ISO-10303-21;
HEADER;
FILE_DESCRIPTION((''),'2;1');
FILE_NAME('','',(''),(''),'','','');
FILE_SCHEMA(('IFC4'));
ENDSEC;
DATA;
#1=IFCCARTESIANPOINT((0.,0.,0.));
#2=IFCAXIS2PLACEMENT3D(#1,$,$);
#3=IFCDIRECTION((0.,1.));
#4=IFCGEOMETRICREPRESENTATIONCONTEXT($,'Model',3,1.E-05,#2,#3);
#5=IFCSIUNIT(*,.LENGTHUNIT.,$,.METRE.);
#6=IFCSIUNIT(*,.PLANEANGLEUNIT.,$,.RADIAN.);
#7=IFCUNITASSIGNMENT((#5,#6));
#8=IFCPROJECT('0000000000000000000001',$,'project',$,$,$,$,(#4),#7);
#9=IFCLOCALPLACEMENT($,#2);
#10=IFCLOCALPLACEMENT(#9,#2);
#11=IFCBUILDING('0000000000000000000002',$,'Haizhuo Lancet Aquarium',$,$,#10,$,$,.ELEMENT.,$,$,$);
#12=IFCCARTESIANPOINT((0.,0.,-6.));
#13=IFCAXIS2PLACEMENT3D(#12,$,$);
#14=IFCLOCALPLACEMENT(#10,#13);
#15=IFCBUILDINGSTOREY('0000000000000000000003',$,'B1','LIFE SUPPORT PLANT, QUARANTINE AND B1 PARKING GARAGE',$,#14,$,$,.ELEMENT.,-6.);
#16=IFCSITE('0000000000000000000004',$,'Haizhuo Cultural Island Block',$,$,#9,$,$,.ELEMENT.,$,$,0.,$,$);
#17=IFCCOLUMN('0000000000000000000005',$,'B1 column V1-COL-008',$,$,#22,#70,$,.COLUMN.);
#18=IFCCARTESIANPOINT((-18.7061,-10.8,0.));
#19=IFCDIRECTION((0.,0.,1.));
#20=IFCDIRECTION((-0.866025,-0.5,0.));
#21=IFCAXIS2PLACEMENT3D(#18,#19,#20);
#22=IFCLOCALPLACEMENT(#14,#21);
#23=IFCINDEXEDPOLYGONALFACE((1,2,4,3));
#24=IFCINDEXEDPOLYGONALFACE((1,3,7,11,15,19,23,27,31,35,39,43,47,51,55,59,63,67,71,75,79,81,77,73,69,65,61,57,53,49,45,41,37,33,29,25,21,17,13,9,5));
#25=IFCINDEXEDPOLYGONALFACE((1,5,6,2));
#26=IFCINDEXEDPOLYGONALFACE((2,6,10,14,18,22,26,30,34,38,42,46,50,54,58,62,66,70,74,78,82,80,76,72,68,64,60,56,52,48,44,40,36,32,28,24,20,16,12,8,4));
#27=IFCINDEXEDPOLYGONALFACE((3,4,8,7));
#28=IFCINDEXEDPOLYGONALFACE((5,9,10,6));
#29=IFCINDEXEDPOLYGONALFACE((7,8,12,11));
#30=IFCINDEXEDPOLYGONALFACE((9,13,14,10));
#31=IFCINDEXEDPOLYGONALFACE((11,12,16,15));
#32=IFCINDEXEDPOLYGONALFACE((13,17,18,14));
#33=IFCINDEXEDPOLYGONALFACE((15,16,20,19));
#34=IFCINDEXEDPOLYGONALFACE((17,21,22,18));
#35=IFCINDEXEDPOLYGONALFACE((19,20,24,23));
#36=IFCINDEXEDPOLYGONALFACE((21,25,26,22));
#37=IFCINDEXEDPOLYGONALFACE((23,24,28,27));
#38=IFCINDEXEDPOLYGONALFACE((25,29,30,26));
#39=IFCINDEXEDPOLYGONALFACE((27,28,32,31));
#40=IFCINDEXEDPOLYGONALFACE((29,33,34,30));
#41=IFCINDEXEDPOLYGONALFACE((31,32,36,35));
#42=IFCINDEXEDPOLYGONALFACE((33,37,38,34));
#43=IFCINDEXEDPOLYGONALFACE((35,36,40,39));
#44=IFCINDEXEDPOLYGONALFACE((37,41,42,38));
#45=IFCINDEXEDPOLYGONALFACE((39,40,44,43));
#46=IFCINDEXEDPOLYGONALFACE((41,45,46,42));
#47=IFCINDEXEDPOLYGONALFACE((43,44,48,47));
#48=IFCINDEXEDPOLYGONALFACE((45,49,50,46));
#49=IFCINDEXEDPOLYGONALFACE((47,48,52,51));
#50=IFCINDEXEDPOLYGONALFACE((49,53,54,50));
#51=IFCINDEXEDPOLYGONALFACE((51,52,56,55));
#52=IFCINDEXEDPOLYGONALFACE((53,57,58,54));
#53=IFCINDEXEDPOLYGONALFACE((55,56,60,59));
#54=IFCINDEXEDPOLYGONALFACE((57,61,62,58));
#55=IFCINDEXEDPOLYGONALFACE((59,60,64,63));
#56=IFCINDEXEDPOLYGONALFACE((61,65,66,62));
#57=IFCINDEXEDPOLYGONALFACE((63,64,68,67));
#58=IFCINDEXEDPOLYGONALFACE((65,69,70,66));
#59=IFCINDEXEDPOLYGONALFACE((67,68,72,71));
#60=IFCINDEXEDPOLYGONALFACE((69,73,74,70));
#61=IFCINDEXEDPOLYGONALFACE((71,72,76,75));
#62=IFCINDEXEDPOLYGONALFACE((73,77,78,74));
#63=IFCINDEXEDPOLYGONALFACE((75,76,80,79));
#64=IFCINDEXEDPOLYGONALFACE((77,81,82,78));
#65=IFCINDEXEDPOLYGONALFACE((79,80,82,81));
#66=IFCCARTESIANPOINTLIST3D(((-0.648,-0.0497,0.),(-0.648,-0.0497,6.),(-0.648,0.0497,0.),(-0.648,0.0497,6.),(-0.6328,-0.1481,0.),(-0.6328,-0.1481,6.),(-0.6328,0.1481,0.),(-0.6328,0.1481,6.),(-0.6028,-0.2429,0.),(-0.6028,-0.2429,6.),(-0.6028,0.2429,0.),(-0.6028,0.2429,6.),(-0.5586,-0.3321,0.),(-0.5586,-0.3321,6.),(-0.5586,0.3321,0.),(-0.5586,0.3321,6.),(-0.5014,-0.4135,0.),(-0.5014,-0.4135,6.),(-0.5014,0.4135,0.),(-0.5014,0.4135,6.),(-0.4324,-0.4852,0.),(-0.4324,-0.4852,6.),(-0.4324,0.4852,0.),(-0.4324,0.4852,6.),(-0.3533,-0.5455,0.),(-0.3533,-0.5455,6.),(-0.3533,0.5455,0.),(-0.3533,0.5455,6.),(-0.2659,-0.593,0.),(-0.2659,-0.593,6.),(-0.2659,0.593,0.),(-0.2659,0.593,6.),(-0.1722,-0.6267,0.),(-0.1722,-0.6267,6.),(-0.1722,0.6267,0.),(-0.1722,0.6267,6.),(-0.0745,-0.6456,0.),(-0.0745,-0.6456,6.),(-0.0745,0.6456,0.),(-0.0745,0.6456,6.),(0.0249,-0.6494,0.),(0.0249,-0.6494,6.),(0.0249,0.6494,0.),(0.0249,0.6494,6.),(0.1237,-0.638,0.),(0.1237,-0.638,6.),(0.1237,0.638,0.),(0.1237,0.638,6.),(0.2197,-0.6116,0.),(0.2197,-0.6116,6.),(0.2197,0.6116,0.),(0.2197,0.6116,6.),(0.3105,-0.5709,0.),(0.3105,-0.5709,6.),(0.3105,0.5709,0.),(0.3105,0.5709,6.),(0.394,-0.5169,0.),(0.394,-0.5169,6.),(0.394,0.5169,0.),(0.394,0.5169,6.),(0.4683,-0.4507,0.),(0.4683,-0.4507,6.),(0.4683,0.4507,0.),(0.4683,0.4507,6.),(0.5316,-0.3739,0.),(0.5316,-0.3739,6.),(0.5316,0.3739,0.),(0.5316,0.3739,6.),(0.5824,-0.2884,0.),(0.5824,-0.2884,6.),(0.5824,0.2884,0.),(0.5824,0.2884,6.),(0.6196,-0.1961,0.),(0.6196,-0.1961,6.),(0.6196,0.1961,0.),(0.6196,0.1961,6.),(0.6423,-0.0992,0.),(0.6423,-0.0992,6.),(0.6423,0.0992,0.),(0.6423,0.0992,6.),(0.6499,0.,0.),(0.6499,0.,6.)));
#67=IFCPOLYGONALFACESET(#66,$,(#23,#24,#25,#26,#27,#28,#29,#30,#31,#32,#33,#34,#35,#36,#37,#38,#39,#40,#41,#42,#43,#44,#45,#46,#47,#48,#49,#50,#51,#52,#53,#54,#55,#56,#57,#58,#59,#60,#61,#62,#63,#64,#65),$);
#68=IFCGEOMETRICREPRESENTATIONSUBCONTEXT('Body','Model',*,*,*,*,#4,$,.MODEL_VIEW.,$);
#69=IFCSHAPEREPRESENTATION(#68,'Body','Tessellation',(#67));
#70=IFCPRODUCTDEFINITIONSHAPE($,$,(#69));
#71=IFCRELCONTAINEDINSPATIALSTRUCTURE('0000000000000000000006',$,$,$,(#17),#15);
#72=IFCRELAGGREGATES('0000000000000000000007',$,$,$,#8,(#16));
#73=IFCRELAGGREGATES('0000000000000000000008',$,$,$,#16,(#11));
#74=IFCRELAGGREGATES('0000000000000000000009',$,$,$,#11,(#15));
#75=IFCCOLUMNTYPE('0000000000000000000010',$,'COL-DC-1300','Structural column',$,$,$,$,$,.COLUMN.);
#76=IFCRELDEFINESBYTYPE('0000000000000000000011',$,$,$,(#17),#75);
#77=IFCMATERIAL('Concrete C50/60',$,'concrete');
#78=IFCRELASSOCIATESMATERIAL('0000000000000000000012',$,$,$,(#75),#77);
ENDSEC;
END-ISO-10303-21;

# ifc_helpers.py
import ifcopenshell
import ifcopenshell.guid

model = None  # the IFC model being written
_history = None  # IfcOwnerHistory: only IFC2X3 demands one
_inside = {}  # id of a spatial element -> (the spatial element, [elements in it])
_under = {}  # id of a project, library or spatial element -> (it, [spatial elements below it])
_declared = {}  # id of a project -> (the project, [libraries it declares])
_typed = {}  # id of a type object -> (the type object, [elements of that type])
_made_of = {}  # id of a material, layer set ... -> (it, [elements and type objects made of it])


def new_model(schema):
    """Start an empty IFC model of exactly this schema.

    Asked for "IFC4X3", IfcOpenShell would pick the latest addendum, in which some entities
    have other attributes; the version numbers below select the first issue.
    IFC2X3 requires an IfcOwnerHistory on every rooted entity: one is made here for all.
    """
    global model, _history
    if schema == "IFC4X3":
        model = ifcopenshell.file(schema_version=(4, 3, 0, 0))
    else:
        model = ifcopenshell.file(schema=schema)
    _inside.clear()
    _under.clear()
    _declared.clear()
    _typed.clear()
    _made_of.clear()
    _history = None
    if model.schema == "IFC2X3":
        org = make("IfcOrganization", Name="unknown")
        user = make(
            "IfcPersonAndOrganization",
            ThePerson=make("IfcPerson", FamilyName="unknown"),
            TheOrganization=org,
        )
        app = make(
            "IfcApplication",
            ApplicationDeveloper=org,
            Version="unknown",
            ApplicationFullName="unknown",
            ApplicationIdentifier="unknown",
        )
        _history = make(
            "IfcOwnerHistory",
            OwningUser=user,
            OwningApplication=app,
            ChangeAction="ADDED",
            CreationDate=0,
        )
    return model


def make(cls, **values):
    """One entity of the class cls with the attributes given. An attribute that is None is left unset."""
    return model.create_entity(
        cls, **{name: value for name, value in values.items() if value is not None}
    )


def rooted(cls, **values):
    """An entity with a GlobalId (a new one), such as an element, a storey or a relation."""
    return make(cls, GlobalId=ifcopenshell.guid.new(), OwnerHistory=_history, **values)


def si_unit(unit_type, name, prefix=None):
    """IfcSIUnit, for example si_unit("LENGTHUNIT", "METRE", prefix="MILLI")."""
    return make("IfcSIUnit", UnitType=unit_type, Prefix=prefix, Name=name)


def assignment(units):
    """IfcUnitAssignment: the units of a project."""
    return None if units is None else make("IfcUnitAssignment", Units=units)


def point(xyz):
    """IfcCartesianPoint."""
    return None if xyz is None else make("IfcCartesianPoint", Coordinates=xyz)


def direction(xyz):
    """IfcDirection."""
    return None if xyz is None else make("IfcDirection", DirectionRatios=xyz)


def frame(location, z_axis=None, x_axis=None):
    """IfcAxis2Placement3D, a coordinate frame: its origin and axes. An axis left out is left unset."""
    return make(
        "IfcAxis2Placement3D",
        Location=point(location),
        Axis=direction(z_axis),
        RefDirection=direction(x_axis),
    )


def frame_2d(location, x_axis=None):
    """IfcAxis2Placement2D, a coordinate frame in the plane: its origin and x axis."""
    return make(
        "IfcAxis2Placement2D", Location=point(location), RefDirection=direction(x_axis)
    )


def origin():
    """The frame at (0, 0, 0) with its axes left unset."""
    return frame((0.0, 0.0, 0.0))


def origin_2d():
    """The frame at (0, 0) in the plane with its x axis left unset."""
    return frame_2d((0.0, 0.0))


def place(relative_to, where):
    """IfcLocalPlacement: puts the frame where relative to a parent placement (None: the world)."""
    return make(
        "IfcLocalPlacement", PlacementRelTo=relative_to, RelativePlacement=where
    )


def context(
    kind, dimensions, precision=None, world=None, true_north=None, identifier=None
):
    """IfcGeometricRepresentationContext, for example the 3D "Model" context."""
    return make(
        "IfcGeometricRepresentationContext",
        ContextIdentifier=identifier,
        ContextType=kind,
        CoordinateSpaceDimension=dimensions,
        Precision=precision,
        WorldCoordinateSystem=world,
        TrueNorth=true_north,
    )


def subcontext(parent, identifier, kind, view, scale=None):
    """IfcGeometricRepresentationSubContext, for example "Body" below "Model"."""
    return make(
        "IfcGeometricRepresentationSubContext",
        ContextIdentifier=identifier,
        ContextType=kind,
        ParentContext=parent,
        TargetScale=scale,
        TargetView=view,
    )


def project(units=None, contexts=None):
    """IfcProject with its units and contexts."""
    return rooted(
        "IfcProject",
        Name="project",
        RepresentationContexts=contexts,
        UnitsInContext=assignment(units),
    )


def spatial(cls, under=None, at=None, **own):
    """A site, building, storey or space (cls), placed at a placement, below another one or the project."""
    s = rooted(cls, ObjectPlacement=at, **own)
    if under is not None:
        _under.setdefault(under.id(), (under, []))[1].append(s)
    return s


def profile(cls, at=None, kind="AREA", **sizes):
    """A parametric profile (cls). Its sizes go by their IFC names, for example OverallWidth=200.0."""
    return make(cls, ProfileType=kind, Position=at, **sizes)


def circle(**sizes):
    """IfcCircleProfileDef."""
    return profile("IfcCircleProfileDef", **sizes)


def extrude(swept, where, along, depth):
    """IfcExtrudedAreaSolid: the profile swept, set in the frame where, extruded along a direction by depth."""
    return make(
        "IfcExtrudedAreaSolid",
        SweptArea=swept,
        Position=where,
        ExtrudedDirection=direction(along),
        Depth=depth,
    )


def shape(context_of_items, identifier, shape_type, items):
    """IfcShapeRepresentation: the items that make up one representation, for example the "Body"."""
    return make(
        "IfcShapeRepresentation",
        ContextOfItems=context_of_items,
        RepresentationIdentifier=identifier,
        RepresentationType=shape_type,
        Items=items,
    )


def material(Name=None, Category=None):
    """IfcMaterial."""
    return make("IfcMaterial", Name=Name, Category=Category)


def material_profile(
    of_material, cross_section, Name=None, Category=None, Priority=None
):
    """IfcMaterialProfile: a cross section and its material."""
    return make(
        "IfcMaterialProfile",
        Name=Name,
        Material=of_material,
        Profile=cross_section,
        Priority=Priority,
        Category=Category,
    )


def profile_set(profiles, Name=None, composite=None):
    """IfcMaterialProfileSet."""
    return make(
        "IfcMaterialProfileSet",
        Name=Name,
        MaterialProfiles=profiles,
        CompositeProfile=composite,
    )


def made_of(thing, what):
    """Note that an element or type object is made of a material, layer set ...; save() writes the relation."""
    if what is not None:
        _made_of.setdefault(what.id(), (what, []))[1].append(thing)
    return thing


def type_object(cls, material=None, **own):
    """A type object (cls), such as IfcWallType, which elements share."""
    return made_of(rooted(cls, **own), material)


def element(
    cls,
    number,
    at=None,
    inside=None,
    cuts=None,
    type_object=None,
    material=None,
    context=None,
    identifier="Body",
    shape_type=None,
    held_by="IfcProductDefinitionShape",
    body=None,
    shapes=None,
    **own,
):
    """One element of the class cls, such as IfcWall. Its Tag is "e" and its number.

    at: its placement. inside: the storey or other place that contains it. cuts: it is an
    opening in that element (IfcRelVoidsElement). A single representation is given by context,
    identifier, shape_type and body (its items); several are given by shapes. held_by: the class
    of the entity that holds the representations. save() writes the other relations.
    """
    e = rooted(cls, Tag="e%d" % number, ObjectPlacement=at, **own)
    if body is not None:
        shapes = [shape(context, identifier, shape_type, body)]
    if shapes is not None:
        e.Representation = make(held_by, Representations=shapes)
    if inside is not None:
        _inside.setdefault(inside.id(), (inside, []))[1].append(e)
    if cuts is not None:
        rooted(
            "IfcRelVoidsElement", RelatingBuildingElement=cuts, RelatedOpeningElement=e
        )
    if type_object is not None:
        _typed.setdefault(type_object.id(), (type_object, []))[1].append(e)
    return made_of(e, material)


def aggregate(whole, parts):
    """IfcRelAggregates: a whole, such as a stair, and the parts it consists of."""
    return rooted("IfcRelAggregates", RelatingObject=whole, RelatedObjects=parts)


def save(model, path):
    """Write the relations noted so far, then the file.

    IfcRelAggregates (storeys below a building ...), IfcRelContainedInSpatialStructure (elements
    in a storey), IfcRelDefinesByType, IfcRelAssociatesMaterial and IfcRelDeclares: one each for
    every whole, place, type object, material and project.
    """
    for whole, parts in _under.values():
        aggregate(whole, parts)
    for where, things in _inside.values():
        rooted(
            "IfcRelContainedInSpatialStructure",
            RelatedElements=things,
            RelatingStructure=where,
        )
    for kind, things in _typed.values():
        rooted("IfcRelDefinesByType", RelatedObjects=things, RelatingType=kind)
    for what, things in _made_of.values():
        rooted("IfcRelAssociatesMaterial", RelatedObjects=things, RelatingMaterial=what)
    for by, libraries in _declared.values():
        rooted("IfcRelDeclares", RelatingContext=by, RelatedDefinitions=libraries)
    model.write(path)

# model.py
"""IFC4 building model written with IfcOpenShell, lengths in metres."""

from ifc_helpers import new_model, si_unit, direction, frame, origin, origin_2d, place, context, subcontext, project, spatial, circle, extrude, material, material_profile, profile_set, type_object, element, save


model = new_model("IFC4")

# Units and contexts
model_context = context("Model", 3, precision=1e-05, world=origin(), true_north=direction((0.0, 1.0)))
body_context = subcontext(model_context, "Body", "Model", "MODEL_VIEW")
ifc_project = project(units=[si_unit("LENGTHUNIT", "METRE"), si_unit("PLANEANGLEUNIT", "RADIAN")], contexts=[model_context])

# Site, building, storey
site_placement = place(None, origin())
site = spatial("IfcSite", under=ifc_project, at=site_placement, Name="Haizhuo Cultural Island Block", CompositionType="ELEMENT", RefElevation=0.0)
building_placement = place(site_placement, origin())
building = spatial("IfcBuilding", under=site, at=building_placement, Name="Haizhuo Lancet Aquarium", CompositionType="ELEMENT")
storey_placement = place(building_placement, frame((0.0, 0.0, -6.0)))
storey = spatial("IfcBuildingStorey", under=building, at=storey_placement, Name="B1", Description="LIFE SUPPORT PLANT, QUARANTINE AND B1 PARKING GARAGE", CompositionType="ELEMENT", Elevation=-6.0)

# Column
ifc_material_1 = material(Name="Concrete C50/60", Category="concrete")
ifc_material_profile_1 = material_profile(ifc_material_1, circle(Radius=0.6499, at=origin_2d()), Name="RC-DC 1300")
ifc_profile_set_1 = profile_set([ifc_material_profile_1], Name="Concrete C50/60")
column_type = type_object("IfcColumnType", Name="COL-DC-1300", Description="Structural column", PredefinedType="COLUMN", material=ifc_profile_set_1)
column_placement = place(storey_placement, frame((-18.7061, -10.8, 0.0), z_axis=(0.0, 0.0, 1.0), x_axis=(-0.866025, -0.5, 0.0)))
element("IfcColumn", 1, at=column_placement, inside=storey, type_object=column_type, Name="B1 column V1-COL-008", PredefinedType="COLUMN", context=body_context, shape_type="SweptSolid", body=[
    extrude(circle(Radius=0.6499, at=origin_2d()), origin(), (0.0, 0.0, 1.0), 6.0),
])

save(model, "model.ifc")
